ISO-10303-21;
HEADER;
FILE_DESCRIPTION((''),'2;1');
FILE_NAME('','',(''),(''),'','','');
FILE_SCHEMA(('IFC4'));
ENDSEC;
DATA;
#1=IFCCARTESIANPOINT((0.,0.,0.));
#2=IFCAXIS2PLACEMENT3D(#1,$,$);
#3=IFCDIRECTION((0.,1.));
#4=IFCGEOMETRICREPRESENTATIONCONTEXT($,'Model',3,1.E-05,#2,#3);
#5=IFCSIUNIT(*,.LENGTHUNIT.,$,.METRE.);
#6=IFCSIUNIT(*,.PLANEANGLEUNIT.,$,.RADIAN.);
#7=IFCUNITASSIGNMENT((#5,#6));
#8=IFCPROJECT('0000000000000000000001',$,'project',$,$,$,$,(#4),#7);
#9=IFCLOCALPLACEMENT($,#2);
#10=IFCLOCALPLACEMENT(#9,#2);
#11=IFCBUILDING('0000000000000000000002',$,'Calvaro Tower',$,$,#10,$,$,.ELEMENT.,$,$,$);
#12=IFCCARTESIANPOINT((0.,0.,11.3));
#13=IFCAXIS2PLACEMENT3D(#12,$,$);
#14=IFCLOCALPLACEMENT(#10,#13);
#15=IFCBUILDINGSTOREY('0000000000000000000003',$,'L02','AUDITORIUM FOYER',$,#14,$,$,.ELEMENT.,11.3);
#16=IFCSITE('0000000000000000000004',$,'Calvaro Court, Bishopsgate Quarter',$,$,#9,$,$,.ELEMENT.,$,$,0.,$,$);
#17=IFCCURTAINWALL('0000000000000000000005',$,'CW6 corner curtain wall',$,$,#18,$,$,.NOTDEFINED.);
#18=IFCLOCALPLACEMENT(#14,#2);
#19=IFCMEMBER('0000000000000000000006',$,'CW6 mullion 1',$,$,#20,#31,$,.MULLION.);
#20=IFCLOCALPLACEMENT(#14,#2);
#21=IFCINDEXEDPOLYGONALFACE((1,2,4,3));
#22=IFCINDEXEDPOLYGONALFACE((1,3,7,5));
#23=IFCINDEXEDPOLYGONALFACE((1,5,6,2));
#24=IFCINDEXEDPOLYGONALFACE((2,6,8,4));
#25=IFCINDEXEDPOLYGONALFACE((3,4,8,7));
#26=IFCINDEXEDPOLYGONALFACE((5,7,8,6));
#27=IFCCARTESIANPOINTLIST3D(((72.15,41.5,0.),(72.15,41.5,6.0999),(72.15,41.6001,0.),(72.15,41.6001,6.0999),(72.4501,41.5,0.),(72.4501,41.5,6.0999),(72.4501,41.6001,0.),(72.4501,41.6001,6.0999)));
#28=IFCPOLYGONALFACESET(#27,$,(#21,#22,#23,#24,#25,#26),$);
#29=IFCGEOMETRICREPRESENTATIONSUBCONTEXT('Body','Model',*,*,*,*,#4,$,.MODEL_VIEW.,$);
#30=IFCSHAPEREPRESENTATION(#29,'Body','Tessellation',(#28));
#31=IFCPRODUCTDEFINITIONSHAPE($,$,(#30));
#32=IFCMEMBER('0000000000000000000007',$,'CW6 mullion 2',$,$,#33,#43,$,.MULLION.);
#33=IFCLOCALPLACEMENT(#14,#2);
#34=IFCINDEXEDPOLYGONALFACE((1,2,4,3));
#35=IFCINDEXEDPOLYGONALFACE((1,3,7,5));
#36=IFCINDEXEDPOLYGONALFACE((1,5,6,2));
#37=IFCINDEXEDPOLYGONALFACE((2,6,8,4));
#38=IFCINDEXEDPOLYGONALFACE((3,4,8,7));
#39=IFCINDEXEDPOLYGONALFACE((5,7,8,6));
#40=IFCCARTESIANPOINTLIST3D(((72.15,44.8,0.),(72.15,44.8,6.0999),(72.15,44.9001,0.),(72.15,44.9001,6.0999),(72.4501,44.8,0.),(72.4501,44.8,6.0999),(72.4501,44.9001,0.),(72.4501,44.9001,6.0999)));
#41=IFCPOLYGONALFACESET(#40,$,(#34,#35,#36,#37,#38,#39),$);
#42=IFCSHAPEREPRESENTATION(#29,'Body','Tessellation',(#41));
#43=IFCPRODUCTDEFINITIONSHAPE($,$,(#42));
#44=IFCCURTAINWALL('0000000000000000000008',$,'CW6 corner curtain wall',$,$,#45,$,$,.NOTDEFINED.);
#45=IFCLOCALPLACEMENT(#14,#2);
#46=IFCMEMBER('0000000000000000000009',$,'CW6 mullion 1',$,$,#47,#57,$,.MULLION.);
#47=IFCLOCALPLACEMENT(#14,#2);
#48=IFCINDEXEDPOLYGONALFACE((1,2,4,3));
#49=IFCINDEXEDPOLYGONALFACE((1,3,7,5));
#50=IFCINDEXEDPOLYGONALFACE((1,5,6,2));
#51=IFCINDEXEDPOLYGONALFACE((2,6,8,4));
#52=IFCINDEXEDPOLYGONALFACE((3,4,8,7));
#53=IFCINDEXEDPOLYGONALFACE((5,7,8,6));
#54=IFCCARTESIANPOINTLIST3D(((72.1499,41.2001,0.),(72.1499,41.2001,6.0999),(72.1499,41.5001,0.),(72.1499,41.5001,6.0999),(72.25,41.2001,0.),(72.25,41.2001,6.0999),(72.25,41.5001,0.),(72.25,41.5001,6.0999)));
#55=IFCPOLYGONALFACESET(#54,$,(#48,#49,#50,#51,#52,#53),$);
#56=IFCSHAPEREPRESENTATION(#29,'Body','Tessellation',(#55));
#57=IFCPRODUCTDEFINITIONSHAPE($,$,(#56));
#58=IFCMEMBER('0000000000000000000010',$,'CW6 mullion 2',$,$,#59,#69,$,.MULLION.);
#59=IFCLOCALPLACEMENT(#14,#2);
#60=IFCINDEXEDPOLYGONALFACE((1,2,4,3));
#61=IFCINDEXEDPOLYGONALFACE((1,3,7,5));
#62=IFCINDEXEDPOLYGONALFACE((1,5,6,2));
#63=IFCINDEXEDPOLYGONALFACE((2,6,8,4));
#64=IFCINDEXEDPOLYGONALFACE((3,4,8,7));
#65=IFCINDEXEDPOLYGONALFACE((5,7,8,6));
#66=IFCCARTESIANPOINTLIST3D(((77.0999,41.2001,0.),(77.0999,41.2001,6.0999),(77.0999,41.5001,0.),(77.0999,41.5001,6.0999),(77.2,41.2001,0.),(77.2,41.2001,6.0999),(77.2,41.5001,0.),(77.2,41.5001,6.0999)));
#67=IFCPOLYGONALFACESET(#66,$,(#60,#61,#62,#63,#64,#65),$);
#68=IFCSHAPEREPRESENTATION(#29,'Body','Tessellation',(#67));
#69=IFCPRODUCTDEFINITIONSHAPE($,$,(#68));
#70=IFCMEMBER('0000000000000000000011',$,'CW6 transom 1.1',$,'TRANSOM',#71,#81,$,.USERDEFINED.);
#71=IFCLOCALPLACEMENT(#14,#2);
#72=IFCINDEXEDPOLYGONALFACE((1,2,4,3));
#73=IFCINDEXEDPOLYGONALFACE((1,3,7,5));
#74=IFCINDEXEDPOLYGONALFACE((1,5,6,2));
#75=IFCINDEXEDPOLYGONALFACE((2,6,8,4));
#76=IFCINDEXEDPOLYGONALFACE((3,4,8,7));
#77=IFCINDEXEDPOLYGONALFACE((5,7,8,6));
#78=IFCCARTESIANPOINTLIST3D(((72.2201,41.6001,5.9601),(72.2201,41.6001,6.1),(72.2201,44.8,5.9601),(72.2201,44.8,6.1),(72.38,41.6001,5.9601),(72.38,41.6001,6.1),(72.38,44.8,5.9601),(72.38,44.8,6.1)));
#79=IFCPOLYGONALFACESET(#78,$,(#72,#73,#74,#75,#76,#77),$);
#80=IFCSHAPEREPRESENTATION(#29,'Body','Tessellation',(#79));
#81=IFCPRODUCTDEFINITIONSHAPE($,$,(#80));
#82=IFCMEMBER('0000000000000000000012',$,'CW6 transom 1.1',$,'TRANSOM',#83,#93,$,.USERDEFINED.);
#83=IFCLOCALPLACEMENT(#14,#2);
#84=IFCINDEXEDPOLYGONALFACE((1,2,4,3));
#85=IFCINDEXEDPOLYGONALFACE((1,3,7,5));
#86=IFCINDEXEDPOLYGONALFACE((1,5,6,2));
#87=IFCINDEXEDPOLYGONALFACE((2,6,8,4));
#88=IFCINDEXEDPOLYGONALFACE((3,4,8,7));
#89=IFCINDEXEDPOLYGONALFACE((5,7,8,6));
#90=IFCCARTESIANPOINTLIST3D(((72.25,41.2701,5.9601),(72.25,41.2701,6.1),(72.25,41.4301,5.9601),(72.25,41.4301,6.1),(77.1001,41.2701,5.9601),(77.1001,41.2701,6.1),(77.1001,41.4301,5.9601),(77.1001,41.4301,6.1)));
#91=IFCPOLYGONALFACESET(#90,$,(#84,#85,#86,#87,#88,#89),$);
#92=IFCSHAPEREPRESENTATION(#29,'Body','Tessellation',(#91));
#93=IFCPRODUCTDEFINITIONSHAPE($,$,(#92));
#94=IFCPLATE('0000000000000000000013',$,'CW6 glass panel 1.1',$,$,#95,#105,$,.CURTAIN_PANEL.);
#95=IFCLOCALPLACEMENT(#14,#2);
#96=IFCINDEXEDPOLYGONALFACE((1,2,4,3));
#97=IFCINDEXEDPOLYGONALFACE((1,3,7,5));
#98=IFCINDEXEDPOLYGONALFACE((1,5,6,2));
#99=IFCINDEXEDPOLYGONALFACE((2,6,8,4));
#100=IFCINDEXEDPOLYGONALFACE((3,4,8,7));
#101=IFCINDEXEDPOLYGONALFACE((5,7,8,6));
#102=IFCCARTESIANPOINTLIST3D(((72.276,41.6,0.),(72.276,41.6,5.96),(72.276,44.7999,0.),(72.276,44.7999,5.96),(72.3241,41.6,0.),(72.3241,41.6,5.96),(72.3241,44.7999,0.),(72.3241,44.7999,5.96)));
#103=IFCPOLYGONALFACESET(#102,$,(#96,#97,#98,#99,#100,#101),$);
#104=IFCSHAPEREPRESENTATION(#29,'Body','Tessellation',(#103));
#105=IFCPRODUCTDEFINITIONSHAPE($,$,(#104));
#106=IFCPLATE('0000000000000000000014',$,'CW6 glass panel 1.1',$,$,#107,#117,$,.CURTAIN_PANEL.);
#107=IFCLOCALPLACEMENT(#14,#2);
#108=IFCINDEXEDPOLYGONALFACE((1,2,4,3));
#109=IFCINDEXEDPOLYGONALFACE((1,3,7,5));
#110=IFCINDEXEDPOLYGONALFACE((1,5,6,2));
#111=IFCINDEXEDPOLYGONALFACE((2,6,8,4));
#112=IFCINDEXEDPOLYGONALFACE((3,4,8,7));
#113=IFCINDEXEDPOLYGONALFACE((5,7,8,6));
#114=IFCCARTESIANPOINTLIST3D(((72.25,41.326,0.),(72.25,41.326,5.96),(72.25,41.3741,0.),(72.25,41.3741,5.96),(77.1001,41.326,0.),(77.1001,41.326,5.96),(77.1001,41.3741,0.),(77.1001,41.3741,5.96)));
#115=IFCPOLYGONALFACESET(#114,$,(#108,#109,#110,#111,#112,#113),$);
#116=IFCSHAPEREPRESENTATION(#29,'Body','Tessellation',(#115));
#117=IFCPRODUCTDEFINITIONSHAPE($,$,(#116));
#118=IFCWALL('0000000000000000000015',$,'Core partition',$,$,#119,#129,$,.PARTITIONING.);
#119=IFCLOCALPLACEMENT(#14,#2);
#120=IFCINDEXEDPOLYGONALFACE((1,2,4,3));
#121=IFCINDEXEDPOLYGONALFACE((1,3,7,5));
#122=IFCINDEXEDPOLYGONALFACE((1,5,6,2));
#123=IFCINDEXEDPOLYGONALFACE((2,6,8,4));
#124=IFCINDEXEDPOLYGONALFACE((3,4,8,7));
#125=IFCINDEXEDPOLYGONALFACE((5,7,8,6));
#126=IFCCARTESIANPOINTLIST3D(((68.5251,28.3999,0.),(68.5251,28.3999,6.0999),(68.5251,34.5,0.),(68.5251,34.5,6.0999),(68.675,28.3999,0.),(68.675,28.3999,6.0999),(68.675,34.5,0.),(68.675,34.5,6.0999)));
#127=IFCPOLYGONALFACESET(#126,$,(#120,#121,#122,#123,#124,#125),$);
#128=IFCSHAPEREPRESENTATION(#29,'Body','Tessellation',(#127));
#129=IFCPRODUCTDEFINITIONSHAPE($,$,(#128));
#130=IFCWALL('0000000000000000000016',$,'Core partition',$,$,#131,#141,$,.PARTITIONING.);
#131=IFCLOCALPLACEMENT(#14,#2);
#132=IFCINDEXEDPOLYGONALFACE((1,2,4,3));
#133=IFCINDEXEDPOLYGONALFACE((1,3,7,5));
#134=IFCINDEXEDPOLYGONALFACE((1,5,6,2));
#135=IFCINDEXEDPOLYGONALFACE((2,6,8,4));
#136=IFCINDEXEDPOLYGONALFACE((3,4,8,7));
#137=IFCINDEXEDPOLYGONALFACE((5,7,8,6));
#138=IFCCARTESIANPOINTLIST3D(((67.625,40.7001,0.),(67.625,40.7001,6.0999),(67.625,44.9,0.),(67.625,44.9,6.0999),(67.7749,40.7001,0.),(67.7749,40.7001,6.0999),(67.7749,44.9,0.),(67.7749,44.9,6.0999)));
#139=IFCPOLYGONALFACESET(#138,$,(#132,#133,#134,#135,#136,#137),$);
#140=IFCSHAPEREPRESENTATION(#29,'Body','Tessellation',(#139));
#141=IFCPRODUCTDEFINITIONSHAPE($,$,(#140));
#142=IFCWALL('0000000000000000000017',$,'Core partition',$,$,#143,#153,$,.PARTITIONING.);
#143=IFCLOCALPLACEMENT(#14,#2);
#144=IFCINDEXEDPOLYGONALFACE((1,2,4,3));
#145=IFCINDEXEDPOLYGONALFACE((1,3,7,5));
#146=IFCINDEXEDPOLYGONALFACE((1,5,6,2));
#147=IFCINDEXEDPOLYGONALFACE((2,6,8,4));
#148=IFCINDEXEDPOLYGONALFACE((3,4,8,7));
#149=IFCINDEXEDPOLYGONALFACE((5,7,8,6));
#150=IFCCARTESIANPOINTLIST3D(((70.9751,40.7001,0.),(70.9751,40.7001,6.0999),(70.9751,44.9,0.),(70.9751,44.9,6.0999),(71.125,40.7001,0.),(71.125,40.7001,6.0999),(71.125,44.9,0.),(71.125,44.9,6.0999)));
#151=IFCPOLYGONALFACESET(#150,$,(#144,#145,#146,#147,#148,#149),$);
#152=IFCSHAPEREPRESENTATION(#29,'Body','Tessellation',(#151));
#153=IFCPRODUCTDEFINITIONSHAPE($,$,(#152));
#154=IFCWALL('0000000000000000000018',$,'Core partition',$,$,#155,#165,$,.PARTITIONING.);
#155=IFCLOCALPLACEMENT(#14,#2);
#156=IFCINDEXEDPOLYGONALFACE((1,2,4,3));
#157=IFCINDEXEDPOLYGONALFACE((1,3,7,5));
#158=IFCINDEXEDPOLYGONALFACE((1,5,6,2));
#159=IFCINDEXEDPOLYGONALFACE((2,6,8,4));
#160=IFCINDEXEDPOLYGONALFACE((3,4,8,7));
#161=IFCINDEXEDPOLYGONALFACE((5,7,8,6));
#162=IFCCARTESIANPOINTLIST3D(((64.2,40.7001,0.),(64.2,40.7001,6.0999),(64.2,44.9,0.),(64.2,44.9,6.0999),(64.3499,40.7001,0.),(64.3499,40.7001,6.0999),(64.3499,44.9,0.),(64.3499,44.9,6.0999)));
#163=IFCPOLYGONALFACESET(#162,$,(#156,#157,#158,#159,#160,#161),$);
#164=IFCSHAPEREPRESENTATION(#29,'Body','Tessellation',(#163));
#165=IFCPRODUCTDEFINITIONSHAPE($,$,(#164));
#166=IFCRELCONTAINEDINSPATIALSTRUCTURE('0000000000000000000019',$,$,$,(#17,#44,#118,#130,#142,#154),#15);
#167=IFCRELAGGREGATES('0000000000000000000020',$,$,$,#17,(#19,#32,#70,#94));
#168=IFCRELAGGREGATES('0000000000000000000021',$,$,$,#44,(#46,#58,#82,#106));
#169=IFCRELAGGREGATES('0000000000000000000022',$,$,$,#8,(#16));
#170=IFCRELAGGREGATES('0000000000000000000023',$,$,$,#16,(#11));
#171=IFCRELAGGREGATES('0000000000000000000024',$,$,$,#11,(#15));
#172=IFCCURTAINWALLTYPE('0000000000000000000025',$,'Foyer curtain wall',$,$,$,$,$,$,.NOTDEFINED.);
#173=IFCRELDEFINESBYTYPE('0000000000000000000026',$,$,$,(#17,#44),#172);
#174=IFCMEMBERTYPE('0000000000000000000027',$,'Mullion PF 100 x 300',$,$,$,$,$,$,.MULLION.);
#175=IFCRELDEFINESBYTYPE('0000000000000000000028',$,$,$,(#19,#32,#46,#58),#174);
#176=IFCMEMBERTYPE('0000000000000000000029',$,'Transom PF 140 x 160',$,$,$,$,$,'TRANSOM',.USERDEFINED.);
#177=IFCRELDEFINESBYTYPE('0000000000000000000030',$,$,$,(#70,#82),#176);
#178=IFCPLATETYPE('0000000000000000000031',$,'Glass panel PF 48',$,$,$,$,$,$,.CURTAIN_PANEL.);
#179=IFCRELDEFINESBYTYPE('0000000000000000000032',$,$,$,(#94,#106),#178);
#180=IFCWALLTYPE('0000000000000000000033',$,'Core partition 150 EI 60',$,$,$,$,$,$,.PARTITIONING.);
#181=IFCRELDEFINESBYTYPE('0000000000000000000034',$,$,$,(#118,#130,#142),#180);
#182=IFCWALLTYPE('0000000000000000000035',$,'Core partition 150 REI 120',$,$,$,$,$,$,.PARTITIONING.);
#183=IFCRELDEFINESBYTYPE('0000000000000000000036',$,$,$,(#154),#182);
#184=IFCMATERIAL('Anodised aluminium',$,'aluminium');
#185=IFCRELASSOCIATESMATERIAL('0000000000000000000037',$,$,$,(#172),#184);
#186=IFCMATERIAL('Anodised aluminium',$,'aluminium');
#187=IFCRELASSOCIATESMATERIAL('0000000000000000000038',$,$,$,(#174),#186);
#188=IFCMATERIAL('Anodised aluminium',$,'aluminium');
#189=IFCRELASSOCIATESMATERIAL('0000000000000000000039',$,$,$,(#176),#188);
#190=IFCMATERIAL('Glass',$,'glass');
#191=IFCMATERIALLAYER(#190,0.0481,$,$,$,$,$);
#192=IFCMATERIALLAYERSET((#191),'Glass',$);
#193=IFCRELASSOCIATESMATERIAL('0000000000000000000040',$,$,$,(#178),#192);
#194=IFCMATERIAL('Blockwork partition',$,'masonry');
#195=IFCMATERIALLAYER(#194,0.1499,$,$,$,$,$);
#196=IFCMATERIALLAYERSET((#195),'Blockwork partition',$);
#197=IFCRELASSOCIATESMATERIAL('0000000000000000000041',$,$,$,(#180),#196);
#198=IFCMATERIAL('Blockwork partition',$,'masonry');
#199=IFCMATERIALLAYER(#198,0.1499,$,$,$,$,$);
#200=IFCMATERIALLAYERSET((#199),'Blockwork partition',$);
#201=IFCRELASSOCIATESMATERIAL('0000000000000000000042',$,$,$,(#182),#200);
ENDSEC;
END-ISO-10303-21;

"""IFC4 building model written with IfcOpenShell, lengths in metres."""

from ifc_helpers import new_model, si_unit, direction, frame, frame_2d, origin, origin_2d, place, context, subcontext, project, spatial, rectangle, extrude, material, layer, layer_set, material_profile, profile_set, type_object, element, aggregate, save


model = new_model("IFC4")

# Units and contexts
model_context = context("Model", 3, precision=1e-05, world=origin(), true_north=direction((0.0, 1.0)))
body_context = subcontext(model_context, "Body", "Model", "MODEL_VIEW")
ifc_project = project(units=[si_unit("LENGTHUNIT", "METRE"), si_unit("PLANEANGLEUNIT", "RADIAN")], contexts=[model_context])

# Site, building, storey
site_placement = place(None, origin())
site = spatial("IfcSite", under=ifc_project, at=site_placement, Name="Calvaro Court, Bishopsgate Quarter", CompositionType="ELEMENT", RefElevation=0.0)
building_placement = place(site_placement, origin())
building = spatial("IfcBuilding", under=site, at=building_placement, Name="Calvaro Tower", CompositionType="ELEMENT")
storey_placement = place(building_placement, frame((0.0, 0.0, 11.3)))
storey = spatial("IfcBuildingStorey", under=building, at=storey_placement, Name="L02", Description="AUDITORIUM FOYER", CompositionType="ELEMENT", Elevation=11.3)

# Curtain walls, members
ifc_material_1 = material(Name="Anodised aluminium", Category="aluminium")
curtain_wall_type = type_object("IfcCurtainWallType", Name="Foyer curtain wall", PredefinedType="NOTDEFINED", material=ifc_material_1)
curtain_wall_1_placement = place(storey_placement, origin())
curtain_wall_1 = element("IfcCurtainWall", 1, at=curtain_wall_1_placement, inside=storey, type_object=curtain_wall_type, Name="CW6 corner curtain wall", PredefinedType="NOTDEFINED")
ifc_material_2 = material(Name="Anodised aluminium", Category="aluminium")
ifc_material_profile_1 = material_profile(ifc_material_2, rectangle(XDim=0.3, YDim=0.1001, at=origin_2d()), Name="Mullion PF 100 x 300")
ifc_profile_set_1 = profile_set([ifc_material_profile_1], Name="Anodised aluminium")
member_type_1 = type_object("IfcMemberType", Name="Mullion PF 100 x 300", PredefinedType="MULLION", material=ifc_profile_set_1)
member_1_placement = place(storey_placement, frame((72.3, 41.55, 0.0), z_axis=(0.0, 0.0, 1.0), x_axis=(-1.0, 0.0, 0.0)))
member_1 = element("IfcMember", 2, at=member_1_placement, type_object=member_type_1, Name="CW6 mullion 1", PredefinedType="MULLION", context=body_context, shape_type="SweptSolid", body=[
    extrude(rectangle(XDim=0.3, YDim=0.1001, at=origin_2d()), origin(), (0.0, 0.0, 1.0), 6.0999),
])
member_2_placement = place(storey_placement, frame((72.3, 44.8501, 0.0), z_axis=(0.0, 0.0, 1.0), x_axis=(-1.0, 0.0, 0.0)))
member_2 = element("IfcMember", 3, at=member_2_placement, type_object=member_type_1, Name="CW6 mullion 2", PredefinedType="MULLION", context=body_context, shape_type="SweptSolid", body=[
    extrude(rectangle(XDim=0.3, YDim=0.1001, at=origin_2d()), origin(), (0.0, 0.0, 1.0), 6.0999),
])
curtain_wall_2_placement = place(storey_placement, origin())
curtain_wall_2 = element("IfcCurtainWall", 4, at=curtain_wall_2_placement, inside=storey, type_object=curtain_wall_type, Name="CW6 corner curtain wall", PredefinedType="NOTDEFINED")
member_3_placement = place(storey_placement, frame((72.2, 41.3501, 0.0), z_axis=(0.0, 0.0, 1.0), x_axis=(0.0, 1.0, 0.0)))
member_3 = element("IfcMember", 5, at=member_3_placement, type_object=member_type_1, Name="CW6 mullion 1", PredefinedType="MULLION", context=body_context, shape_type="SweptSolid", body=[
    extrude(rectangle(XDim=0.3, YDim=0.1001, at=origin_2d()), origin(), (0.0, 0.0, 1.0), 6.0999),
])
member_4_placement = place(storey_placement, frame((77.1499, 41.3501, 0.0), z_axis=(0.0, 0.0, 1.0), x_axis=(0.0, 1.0, 0.0)))
member_4 = element("IfcMember", 6, at=member_4_placement, type_object=member_type_1, Name="CW6 mullion 2", PredefinedType="MULLION", context=body_context, shape_type="SweptSolid", body=[
    extrude(rectangle(XDim=0.3, YDim=0.1001, at=origin_2d()), origin(), (0.0, 0.0, 1.0), 6.0999),
])

# Members
ifc_material_3 = material(Name="Anodised aluminium", Category="aluminium")
ifc_material_profile_2 = material_profile(ifc_material_3, rectangle(XDim=0.1599, YDim=0.1399, at=origin_2d()), Name="Transom PF 140 x 160")
ifc_profile_set_2 = profile_set([ifc_material_profile_2], Name="Anodised aluminium")
member_type_2 = type_object("IfcMemberType", Name="Transom PF 140 x 160", ElementType="TRANSOM", PredefinedType="USERDEFINED", material=ifc_profile_set_2)
member_5_placement = place(storey_placement, frame((72.3, 41.6001, 6.03), z_axis=(0.0, 1.0, 0.0), x_axis=(-1.0, 0.0, 0.0)))
member_5 = element("IfcMember", 7, at=member_5_placement, type_object=member_type_2, Name="CW6 transom 1.1", ObjectType="TRANSOM", PredefinedType="USERDEFINED", context=body_context, shape_type="SweptSolid", body=[
    extrude(rectangle(XDim=0.1599, YDim=0.1399, at=origin_2d()), origin(), (0.0, 0.0, 1.0), 3.2),
])
member_6_placement = place(storey_placement, frame((72.25, 41.3501, 6.03), z_axis=(1.0, 0.0, 0.0), x_axis=(0.0, 1.0, 0.0)))
member_6 = element("IfcMember", 8, at=member_6_placement, type_object=member_type_2, Name="CW6 transom 1.1", ObjectType="TRANSOM", PredefinedType="USERDEFINED", context=body_context, shape_type="SweptSolid", body=[
    extrude(rectangle(XDim=0.1599, YDim=0.1399, at=origin_2d()), origin(), (0.0, 0.0, 1.0), 4.8501),
])

# Plates
ifc_material_4 = material(Name="Glass", Category="glass")
ifc_layer_1 = layer(ifc_material_4, 0.0481)
ifc_layer_set_1 = layer_set([ifc_layer_1], Name="Glass")
plate_type = type_object("IfcPlateType", Name="Glass panel PF 48", PredefinedType="CURTAIN_PANEL", material=ifc_layer_set_1)
plate_1_placement = place(storey_placement, frame((72.3, 43.2, 0.0), z_axis=(0.0, 0.0, 1.0), x_axis=(0.0, 1.0, 0.0)))
plate_1 = element("IfcPlate", 9, at=plate_1_placement, type_object=plate_type, Name="CW6 glass panel 1.1", PredefinedType="CURTAIN_PANEL", context=body_context, shape_type="SweptSolid", body=[
    extrude(rectangle(XDim=3.2, YDim=0.0481, at=origin_2d()), origin(), (0.0, 0.0, 1.0), 5.96),
])
aggregate(curtain_wall_1, [member_1, member_2, member_5, plate_1])
plate_2_placement = place(storey_placement, frame((74.675, 41.3501, 0.0), z_axis=(0.0, 0.0, 1.0), x_axis=(1.0, 0.0, 0.0)))
plate_2 = element("IfcPlate", 10, at=plate_2_placement, type_object=plate_type, Name="CW6 glass panel 1.1", PredefinedType="CURTAIN_PANEL", context=body_context, shape_type="SweptSolid", body=[
    extrude(rectangle(XDim=4.8501, YDim=0.0481, at=origin_2d()), origin(), (0.0, 0.0, 1.0), 5.96),
])
aggregate(curtain_wall_2, [member_3, member_4, member_6, plate_2])

# Walls
ifc_material_5 = material(Name="Blockwork partition", Category="masonry")
ifc_layer_2 = layer(ifc_material_5, 0.1499)
ifc_layer_set_2 = layer_set([ifc_layer_2], Name="Blockwork partition")
wall_type_1 = type_object("IfcWallType", Name="Core partition 150 EI 60", PredefinedType="PARTITIONING", material=ifc_layer_set_2)
wall_1_placement = place(storey_placement, frame((68.6001, 28.3999, 0.0), z_axis=(0.0, 0.0, 1.0), x_axis=(0.0, 1.0, 0.0)))
element("IfcWall", 11, at=wall_1_placement, inside=storey, type_object=wall_type_1, Name="Core partition", PredefinedType="PARTITIONING", context=body_context, shape_type="SweptSolid", body=[
    extrude(rectangle(XDim=6.1001, YDim=0.1499, at=frame_2d((3.05, 0.0))), origin(), (0.0, 0.0, 1.0), 6.0999),
])
for number, where, z_axis, x_axis, name in (
    (12, (67.7, 40.7, 0.0), (0.0, 0.0, 1.0), (0.0, 1.0, 0.0), "Core partition"),
    (13, (71.05, 40.7, 0.0), (0.0, 0.0, 1.0), (0.0, 1.0, 0.0), "Core partition"),
):
    element("IfcWall", number, at=place(storey_placement, frame(where, z_axis=z_axis, x_axis=x_axis)), inside=storey, type_object=wall_type_1, Name=name, PredefinedType="PARTITIONING", context=body_context, shape_type="SweptSolid", body=[
        extrude(rectangle(XDim=4.2, YDim=0.1499, at=frame_2d((2.1001, 0.0))), origin(), (0.0, 0.0, 1.0), 6.0999),
    ])
ifc_material_6 = material(Name="Blockwork partition", Category="masonry")
ifc_layer_3 = layer(ifc_material_6, 0.1499)
ifc_layer_set_3 = layer_set([ifc_layer_3], Name="Blockwork partition")
wall_type_2 = type_object("IfcWallType", Name="Core partition 150 REI 120", PredefinedType="PARTITIONING", material=ifc_layer_set_3)
wall_2_placement = place(storey_placement, frame((64.2749, 40.7, 0.0), z_axis=(0.0, 0.0, 1.0), x_axis=(0.0, 1.0, 0.0)))
element("IfcWall", 14, at=wall_2_placement, inside=storey, type_object=wall_type_2, Name="Core partition", PredefinedType="PARTITIONING", context=body_context, shape_type="SweptSolid", body=[
    extrude(rectangle(XDim=4.2, YDim=0.1499, at=frame_2d((2.1001, 0.0))), origin(), (0.0, 0.0, 1.0), 6.0999),
])

save(model, "model.ifc")
